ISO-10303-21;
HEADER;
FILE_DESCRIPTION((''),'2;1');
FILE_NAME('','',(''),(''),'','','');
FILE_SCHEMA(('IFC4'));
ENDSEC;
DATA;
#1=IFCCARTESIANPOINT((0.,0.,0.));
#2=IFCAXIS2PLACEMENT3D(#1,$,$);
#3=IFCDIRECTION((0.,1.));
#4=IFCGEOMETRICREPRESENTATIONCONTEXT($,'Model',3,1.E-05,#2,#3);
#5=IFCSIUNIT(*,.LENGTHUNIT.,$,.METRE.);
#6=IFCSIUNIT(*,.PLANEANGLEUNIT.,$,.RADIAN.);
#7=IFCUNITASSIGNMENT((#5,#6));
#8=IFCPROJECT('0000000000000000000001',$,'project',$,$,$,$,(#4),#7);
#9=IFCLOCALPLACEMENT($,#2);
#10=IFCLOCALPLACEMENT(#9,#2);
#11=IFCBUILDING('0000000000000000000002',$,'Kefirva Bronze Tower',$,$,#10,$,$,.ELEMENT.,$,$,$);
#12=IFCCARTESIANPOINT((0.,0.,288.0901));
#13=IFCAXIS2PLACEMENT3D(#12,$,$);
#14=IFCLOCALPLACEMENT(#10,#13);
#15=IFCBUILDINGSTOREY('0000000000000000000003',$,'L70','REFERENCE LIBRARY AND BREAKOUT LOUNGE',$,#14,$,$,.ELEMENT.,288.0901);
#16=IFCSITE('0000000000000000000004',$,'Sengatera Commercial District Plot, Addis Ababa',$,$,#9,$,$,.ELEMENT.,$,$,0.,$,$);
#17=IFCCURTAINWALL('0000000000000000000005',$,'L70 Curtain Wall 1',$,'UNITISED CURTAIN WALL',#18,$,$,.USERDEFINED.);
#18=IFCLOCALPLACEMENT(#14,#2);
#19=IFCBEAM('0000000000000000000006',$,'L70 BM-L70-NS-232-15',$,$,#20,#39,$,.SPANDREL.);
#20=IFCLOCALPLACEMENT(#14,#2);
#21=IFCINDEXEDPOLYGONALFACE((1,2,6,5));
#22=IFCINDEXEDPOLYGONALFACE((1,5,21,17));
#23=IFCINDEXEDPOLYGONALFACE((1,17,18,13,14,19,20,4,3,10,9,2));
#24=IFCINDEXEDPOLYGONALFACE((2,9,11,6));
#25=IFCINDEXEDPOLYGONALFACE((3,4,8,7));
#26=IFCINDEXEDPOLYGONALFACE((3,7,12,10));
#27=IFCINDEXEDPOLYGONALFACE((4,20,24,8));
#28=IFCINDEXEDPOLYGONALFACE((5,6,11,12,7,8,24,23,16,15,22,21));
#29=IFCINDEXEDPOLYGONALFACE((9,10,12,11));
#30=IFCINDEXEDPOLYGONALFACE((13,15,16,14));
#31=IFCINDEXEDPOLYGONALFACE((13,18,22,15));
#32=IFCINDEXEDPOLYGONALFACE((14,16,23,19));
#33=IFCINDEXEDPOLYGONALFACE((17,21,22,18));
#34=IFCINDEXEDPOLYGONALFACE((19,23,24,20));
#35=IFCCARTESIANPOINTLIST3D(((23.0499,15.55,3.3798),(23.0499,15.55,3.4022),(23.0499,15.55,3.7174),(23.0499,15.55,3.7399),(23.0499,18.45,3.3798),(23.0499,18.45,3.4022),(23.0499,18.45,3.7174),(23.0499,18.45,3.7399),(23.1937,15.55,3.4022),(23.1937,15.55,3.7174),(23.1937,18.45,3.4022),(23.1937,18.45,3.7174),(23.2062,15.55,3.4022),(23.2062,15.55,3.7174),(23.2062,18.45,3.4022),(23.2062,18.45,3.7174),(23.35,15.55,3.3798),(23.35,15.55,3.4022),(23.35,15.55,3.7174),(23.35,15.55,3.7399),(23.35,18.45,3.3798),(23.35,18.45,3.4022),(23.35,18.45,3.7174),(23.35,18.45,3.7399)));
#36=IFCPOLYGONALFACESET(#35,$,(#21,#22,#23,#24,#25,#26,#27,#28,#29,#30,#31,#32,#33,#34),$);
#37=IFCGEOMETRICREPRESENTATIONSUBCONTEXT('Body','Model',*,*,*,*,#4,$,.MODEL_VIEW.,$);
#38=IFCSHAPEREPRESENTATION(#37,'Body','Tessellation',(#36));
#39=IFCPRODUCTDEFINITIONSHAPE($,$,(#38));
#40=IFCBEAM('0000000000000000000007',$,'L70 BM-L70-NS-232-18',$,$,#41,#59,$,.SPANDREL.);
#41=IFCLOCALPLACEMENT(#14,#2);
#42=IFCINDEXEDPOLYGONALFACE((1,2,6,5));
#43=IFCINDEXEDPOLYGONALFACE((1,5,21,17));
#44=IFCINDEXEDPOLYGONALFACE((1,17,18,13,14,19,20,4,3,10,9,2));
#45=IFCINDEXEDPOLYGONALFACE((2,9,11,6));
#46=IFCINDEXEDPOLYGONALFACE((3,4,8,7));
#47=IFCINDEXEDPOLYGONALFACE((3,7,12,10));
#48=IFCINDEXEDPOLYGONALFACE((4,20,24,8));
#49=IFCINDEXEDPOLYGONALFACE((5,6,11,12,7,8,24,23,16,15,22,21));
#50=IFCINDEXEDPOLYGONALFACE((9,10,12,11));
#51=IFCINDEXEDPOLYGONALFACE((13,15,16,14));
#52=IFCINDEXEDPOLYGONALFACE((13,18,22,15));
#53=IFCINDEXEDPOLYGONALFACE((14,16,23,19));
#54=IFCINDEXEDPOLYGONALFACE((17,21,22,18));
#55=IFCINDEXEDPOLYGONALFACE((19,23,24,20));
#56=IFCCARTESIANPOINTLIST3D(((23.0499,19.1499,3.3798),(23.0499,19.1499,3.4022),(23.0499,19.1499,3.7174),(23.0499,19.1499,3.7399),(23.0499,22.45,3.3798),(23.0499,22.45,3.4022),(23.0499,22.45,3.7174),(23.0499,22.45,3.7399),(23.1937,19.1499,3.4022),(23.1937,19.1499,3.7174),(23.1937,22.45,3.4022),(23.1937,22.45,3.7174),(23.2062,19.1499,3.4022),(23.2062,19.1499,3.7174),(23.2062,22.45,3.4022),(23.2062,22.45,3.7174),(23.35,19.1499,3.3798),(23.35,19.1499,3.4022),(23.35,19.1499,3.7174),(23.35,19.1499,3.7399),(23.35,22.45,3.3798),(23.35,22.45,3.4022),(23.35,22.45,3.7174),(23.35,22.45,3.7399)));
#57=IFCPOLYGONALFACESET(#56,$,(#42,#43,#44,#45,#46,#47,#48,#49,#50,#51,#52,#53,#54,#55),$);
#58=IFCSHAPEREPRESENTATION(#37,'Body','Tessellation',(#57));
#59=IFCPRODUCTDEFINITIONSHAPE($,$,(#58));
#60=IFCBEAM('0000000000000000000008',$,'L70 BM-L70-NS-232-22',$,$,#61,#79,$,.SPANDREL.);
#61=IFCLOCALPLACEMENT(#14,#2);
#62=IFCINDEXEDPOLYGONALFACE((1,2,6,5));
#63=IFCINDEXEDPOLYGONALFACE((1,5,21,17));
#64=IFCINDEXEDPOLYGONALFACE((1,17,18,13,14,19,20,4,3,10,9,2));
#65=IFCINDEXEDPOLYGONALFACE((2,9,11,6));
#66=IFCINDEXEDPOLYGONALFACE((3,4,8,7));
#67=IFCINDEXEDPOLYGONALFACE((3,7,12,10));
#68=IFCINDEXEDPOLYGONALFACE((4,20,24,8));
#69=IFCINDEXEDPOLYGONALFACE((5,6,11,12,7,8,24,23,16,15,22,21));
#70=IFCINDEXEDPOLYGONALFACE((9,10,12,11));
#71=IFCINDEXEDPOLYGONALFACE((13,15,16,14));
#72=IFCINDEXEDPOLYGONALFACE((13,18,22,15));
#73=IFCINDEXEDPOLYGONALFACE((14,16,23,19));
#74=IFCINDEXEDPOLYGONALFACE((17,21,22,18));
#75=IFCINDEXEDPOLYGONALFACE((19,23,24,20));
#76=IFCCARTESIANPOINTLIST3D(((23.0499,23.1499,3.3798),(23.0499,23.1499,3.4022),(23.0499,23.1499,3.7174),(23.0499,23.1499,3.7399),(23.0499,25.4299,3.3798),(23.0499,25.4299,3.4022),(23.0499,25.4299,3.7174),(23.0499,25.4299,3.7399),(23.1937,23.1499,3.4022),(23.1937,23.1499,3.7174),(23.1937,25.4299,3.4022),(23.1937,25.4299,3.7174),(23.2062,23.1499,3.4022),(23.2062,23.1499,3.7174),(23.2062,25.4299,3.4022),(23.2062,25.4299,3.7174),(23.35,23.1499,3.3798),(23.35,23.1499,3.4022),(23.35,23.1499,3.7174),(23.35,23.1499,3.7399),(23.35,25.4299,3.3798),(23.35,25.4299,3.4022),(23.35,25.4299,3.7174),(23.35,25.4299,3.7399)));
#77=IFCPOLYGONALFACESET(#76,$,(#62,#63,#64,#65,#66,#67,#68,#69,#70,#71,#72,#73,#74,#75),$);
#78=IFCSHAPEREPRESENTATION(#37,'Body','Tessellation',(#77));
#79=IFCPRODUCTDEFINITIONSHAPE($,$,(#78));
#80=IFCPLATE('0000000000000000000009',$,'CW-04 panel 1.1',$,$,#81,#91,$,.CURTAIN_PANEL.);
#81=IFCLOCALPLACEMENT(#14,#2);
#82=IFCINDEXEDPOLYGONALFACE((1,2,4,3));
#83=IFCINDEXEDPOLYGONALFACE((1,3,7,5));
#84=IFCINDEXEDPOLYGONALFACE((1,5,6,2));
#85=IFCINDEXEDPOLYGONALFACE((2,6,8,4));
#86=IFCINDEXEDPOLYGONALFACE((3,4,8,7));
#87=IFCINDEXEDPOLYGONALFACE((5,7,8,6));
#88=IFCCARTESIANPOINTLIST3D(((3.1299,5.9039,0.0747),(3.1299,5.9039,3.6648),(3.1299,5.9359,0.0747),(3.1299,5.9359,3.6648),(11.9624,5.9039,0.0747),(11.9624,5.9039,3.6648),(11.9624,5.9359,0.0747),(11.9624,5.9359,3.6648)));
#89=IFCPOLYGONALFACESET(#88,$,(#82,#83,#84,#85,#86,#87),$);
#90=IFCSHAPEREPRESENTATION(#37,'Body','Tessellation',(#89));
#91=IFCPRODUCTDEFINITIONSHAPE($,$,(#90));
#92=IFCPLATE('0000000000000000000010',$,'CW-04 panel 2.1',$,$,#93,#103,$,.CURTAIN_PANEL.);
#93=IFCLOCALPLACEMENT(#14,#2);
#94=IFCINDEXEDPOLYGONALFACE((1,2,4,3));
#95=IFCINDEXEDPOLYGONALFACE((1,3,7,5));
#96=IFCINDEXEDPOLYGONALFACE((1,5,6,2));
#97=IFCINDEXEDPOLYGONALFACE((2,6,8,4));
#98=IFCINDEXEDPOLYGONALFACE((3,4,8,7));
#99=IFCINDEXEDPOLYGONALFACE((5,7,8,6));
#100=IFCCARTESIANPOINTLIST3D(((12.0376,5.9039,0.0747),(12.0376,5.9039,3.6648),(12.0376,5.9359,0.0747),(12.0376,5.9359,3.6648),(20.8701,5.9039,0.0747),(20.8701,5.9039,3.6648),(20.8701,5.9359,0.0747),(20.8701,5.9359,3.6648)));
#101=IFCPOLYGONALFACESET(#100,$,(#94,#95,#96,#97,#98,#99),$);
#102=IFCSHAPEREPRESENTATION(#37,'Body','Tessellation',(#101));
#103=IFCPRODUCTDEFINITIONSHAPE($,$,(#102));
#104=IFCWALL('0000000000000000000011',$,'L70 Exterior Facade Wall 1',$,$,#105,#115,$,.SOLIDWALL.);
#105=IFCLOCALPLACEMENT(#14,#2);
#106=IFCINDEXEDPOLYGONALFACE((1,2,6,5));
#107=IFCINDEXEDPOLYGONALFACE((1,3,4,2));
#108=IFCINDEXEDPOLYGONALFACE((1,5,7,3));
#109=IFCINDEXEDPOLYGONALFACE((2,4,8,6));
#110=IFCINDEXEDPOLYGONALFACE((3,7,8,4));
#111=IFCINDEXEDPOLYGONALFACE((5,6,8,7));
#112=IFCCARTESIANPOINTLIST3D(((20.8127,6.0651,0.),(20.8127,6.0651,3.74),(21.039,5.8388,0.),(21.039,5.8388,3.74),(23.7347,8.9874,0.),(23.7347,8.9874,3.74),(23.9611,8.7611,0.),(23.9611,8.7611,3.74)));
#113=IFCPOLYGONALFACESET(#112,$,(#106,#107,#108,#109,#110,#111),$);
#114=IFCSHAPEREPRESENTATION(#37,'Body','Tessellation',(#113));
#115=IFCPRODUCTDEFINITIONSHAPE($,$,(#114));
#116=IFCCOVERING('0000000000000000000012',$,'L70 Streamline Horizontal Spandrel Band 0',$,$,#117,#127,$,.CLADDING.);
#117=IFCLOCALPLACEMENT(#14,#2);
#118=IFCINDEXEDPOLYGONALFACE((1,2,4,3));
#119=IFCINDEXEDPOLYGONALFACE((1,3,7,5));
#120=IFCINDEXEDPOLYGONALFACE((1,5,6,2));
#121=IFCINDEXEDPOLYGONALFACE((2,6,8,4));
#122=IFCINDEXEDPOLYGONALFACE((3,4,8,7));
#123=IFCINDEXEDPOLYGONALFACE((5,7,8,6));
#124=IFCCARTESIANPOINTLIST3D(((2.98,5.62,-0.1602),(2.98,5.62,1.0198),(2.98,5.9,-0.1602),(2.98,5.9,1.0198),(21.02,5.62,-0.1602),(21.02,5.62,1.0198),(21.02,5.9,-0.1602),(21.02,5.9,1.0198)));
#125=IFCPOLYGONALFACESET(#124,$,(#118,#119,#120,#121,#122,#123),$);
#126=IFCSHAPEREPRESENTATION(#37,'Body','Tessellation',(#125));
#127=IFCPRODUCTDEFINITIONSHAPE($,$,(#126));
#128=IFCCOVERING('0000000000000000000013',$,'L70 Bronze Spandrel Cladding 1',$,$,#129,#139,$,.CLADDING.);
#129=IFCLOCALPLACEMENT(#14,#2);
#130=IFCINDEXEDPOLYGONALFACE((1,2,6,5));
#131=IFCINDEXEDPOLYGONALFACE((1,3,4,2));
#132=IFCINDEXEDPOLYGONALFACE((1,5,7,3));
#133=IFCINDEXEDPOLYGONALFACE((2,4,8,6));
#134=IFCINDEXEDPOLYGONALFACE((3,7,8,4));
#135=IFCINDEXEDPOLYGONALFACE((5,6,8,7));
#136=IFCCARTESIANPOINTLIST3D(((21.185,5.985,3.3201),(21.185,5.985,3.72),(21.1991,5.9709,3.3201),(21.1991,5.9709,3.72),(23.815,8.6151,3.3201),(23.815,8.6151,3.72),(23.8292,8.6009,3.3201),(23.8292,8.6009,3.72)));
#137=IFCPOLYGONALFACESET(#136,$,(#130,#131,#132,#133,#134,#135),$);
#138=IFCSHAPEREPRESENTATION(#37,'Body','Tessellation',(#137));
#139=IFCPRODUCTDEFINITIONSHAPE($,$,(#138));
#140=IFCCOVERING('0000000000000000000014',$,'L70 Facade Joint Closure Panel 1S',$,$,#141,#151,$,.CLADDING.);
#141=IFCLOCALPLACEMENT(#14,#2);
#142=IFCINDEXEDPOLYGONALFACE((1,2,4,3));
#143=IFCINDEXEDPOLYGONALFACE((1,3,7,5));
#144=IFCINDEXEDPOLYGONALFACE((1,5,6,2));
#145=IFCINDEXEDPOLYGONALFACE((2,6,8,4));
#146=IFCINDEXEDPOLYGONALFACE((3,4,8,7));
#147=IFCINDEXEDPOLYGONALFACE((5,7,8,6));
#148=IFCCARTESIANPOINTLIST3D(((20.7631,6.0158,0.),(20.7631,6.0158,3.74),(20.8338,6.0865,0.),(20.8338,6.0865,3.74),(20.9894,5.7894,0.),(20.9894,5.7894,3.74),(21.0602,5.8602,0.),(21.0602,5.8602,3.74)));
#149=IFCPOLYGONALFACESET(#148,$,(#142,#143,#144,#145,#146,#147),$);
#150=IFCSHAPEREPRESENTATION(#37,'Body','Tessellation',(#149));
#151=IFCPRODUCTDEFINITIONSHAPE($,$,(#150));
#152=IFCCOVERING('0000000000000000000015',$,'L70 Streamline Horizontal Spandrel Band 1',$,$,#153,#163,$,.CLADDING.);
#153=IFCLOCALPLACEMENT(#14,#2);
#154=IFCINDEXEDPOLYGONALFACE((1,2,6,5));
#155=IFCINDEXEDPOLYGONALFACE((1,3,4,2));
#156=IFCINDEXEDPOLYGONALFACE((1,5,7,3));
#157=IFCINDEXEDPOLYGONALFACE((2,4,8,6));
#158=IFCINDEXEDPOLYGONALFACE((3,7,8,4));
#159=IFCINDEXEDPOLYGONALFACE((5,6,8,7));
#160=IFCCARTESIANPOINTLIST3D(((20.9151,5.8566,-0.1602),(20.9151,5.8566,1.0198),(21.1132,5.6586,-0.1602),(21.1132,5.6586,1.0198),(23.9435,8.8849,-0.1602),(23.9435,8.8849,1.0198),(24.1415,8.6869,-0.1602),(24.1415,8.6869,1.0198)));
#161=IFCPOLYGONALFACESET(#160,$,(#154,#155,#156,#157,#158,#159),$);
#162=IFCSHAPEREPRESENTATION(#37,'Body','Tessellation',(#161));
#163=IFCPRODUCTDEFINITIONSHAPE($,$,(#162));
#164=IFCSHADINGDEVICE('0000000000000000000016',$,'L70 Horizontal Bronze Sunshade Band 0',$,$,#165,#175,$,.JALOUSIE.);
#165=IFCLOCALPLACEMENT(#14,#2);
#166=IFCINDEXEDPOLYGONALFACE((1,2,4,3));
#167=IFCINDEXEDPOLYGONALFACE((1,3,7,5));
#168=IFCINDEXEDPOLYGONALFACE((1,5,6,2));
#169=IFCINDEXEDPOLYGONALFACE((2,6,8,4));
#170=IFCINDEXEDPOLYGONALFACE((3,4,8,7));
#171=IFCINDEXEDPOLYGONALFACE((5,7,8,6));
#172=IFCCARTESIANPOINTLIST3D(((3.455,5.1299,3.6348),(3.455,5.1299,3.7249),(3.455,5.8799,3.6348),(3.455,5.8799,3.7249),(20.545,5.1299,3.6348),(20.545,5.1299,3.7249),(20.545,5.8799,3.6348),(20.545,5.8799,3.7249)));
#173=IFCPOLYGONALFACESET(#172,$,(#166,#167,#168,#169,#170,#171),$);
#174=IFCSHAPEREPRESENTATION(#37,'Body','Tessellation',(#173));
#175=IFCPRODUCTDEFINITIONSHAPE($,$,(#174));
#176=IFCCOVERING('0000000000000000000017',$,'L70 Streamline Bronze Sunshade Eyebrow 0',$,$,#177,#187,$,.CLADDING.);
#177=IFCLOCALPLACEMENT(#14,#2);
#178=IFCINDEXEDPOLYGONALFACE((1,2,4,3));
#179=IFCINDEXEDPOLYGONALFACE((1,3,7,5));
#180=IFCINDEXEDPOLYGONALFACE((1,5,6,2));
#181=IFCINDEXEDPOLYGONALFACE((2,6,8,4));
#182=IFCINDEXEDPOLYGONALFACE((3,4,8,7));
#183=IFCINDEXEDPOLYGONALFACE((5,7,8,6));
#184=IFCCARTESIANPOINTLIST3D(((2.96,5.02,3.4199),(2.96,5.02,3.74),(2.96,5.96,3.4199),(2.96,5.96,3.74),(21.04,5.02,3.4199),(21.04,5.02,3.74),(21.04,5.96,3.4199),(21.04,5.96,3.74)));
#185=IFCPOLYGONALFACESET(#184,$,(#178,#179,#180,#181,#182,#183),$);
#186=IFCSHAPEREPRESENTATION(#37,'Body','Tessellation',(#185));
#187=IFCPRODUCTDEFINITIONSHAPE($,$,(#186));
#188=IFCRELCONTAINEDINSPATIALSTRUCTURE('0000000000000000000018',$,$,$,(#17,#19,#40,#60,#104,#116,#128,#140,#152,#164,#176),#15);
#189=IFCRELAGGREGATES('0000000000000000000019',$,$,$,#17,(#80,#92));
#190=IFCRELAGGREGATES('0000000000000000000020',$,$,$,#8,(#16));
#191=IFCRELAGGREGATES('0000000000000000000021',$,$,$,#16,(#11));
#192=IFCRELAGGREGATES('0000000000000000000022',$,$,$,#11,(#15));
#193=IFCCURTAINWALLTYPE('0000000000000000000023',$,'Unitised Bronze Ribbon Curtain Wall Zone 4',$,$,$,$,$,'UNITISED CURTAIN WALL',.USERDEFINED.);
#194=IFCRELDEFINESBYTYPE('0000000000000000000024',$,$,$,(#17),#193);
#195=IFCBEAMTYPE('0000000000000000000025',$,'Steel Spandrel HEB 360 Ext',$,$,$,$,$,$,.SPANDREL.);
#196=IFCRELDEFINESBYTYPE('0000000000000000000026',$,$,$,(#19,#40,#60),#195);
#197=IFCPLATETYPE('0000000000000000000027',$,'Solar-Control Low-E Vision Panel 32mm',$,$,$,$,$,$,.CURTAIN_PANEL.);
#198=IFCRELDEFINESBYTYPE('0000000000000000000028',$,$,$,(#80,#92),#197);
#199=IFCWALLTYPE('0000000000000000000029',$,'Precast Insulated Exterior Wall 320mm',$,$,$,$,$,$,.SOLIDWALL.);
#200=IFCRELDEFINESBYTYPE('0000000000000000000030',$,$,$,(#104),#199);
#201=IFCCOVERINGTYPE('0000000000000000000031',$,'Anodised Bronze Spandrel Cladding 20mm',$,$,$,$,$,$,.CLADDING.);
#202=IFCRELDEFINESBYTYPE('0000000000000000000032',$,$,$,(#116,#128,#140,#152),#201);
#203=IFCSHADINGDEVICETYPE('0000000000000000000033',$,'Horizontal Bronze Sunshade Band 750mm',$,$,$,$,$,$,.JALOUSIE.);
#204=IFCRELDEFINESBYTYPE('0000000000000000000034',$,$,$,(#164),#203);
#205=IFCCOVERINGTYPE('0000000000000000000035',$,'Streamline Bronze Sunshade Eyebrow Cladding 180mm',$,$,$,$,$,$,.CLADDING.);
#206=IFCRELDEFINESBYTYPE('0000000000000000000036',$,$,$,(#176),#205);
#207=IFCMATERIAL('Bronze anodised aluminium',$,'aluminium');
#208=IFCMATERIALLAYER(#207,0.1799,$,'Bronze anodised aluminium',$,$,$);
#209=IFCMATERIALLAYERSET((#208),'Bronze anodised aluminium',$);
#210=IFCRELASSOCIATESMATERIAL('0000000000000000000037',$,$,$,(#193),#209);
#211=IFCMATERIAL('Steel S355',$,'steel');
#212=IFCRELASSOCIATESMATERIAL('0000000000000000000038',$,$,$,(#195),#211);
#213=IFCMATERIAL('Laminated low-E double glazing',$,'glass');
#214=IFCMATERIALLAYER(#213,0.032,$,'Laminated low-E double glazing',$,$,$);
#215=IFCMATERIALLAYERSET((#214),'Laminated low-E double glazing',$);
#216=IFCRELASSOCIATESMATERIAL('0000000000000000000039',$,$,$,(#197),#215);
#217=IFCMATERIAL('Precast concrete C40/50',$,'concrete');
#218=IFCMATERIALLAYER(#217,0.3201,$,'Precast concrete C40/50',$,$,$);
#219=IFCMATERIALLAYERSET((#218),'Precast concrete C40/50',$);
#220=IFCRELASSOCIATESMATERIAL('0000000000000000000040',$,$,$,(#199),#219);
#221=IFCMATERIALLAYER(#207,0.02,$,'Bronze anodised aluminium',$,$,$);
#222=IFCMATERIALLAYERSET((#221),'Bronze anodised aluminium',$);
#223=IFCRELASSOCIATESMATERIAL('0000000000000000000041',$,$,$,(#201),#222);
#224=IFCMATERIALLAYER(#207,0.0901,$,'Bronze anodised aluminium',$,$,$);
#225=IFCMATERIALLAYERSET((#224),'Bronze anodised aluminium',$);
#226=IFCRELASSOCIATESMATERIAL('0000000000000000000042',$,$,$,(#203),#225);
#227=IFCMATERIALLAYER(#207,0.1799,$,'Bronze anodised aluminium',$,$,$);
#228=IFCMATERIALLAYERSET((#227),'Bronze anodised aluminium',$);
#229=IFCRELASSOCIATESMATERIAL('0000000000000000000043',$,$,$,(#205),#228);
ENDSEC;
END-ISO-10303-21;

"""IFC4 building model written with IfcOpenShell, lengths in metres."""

from ifc_helpers import new_model, si_unit, direction, frame, frame_2d, origin, origin_2d, place, context, subcontext, project, spatial, rectangle, i_section, extrude, material, layer, layer_set, material_profile, profile_set, type_object, element, aggregate, save


model = new_model("IFC4")

# Units and contexts
model_context = context("Model", 3, precision=1e-05, world=origin(), true_north=direction((0.0, 1.0)))
body_context = subcontext(model_context, "Body", "Model", "MODEL_VIEW")
ifc_project = project(units=[si_unit("LENGTHUNIT", "METRE"), si_unit("PLANEANGLEUNIT", "RADIAN")], contexts=[model_context])

# Site, building, storey
site_placement = place(None, origin())
site = spatial("IfcSite", under=ifc_project, at=site_placement, Name="Sengatera Commercial District Plot, Addis Ababa", CompositionType="ELEMENT", RefElevation=0.0)
building_placement = place(site_placement, origin())
building = spatial("IfcBuilding", under=site, at=building_placement, Name="Kefirva Bronze Tower", CompositionType="ELEMENT")
storey_placement = place(building_placement, frame((0.0, 0.0, 288.0901)))
storey = spatial("IfcBuildingStorey", under=building, at=storey_placement, Name="L70", Description="REFERENCE LIBRARY AND BREAKOUT LOUNGE", CompositionType="ELEMENT", Elevation=288.0901)

# Curtain wall
ifc_material_1 = material(Name="Bronze anodised aluminium", Category="aluminium")
ifc_layer_1 = layer(ifc_material_1, 0.1799, Name="Bronze anodised aluminium")
ifc_layer_set_1 = layer_set([ifc_layer_1], Name="Bronze anodised aluminium")
curtain_wall_type = type_object("IfcCurtainWallType", Name="Unitised Bronze Ribbon Curtain Wall Zone 4", ElementType="UNITISED CURTAIN WALL", PredefinedType="USERDEFINED", material=ifc_layer_set_1)
curtain_wall_placement = place(storey_placement, origin())
curtain_wall = element("IfcCurtainWall", 1, at=curtain_wall_placement, inside=storey, type_object=curtain_wall_type, Name="L70 Curtain Wall 1", ObjectType="UNITISED CURTAIN WALL", PredefinedType="USERDEFINED")

# Beams
ifc_material_2 = material(Name="Steel S355", Category="steel")
ifc_material_profile_1 = material_profile(ifc_material_2, i_section(OverallWidth=0.3, OverallDepth=0.3601, WebThickness=0.0125, FlangeThickness=0.0225, at=origin_2d()), Name="HEB 360")
ifc_profile_set_1 = profile_set([ifc_material_profile_1], Name="Steel S355")
beam_type_1 = type_object("IfcBeamType", Name="Steel Spandrel HEB 360 Ext", PredefinedType="SPANDREL", material=ifc_profile_set_1)
beam_1_placement = place(storey_placement, frame((23.2, 15.55, 3.5598), z_axis=(0.0, 1.0, 0.0), x_axis=(-1.0, 0.0, 0.0)))
element("IfcBeam", 2, at=beam_1_placement, inside=storey, type_object=beam_type_1, Name="L70 BM-L70-NS-232-15", PredefinedType="SPANDREL", context=body_context, shape_type="SweptSolid", body=[
    extrude(i_section(OverallWidth=0.3, OverallDepth=0.3601, WebThickness=0.0125, FlangeThickness=0.0225, at=origin_2d()), origin(), (0.0, 0.0, 1.0), 2.8999),
])
beam_2_placement = place(storey_placement, frame((23.2, 19.1499, 3.5598), z_axis=(0.0, 1.0, 0.0), x_axis=(-1.0, 0.0, 0.0)))
element("IfcBeam", 3, at=beam_2_placement, inside=storey, type_object=beam_type_1, Name="L70 BM-L70-NS-232-18", PredefinedType="SPANDREL", context=body_context, shape_type="SweptSolid", body=[
    extrude(i_section(OverallWidth=0.3, OverallDepth=0.3601, WebThickness=0.0125, FlangeThickness=0.0225, at=origin_2d()), origin(), (0.0, 0.0, 1.0), 3.3),
])
beam_3_placement = place(storey_placement, frame((23.2, 23.1499, 3.5598), z_axis=(0.0, 1.0, 0.0), x_axis=(-1.0, 0.0, 0.0)))
element("IfcBeam", 4, at=beam_3_placement, inside=storey, type_object=beam_type_1, Name="L70 BM-L70-NS-232-22", PredefinedType="SPANDREL", context=body_context, shape_type="SweptSolid", body=[
    extrude(i_section(OverallWidth=0.3, OverallDepth=0.3601, WebThickness=0.0125, FlangeThickness=0.0225, at=origin_2d()), origin(), (0.0, 0.0, 1.0), 2.28),
])

# Plates
ifc_material_3 = material(Name="Laminated low-E double glazing", Category="glass")
ifc_layer_2 = layer(ifc_material_3, 0.032, Name="Laminated low-E double glazing")
ifc_layer_set_2 = layer_set([ifc_layer_2], Name="Laminated low-E double glazing")
plate_type = type_object("IfcPlateType", Name="Solar-Control Low-E Vision Panel 32mm", PredefinedType="CURTAIN_PANEL", material=ifc_layer_set_2)
plate_1_placement = place(storey_placement, frame((7.5461, 5.9199, 0.0747), z_axis=(0.0, 0.0, 1.0), x_axis=(1.0, 0.0, 0.0)))
plate_1 = element("IfcPlate", 5, at=plate_1_placement, type_object=plate_type, Name="CW-04 panel 1.1", PredefinedType="CURTAIN_PANEL", context=body_context, shape_type="SweptSolid", body=[
    extrude(rectangle(XDim=8.8325, YDim=0.032, at=origin_2d()), origin(), (0.0, 0.0, 1.0), 3.5901),
])
plate_2_placement = place(storey_placement, frame((16.4539, 5.9199, 0.0747), z_axis=(0.0, 0.0, 1.0), x_axis=(1.0, 0.0, 0.0)))
plate_2 = element("IfcPlate", 6, at=plate_2_placement, type_object=plate_type, Name="CW-04 panel 2.1", PredefinedType="CURTAIN_PANEL", context=body_context, shape_type="SweptSolid", body=[
    extrude(rectangle(XDim=8.8325, YDim=0.032, at=origin_2d()), origin(), (0.0, 0.0, 1.0), 3.5901),
])
aggregate(curtain_wall, [plate_1, plate_2])

# Wall
ifc_material_4 = material(Name="Precast concrete C40/50", Category="concrete")
ifc_layer_3 = layer(ifc_material_4, 0.3201, Name="Precast concrete C40/50")
ifc_layer_set_3 = layer_set([ifc_layer_3], Name="Precast concrete C40/50")
wall_type = type_object("IfcWallType", Name="Precast Insulated Exterior Wall 320mm", PredefinedType="SOLIDWALL", material=ifc_layer_set_3)
wall_placement = place(storey_placement, frame((20.9258, 5.9519, 0.0), z_axis=(0.0, 0.0, 1.0), x_axis=(0.707077, 0.707136, 0.0)))
element("IfcWall", 7, at=wall_placement, inside=storey, type_object=wall_type, Name="L70 Exterior Facade Wall 1", PredefinedType="SOLIDWALL", context=body_context, shape_type="SweptSolid", body=[
    extrude(rectangle(XDim=4.1326, YDim=0.3201, at=frame_2d((2.0664, 0.0))), origin(), (0.0, 0.0, 1.0), 3.74),
])

# Coverings
ifc_layer_4 = layer(ifc_material_1, 0.02, Name="Bronze anodised aluminium")
ifc_layer_set_4 = layer_set([ifc_layer_4], Name="Bronze anodised aluminium")
covering_type_1 = type_object("IfcCoveringType", Name="Anodised Bronze Spandrel Cladding 20mm", PredefinedType="CLADDING", material=ifc_layer_set_4)
covering_1_placement = place(storey_placement, frame((12.0, 5.76, -0.1602), z_axis=(0.0, 0.0, 1.0), x_axis=(1.0, 0.0, 0.0)))
element("IfcCovering", 8, at=covering_1_placement, inside=storey, type_object=covering_type_1, Name="L70 Streamline Horizontal Spandrel Band 0", PredefinedType="CLADDING", context=body_context, shape_type="SweptSolid", body=[
    extrude(rectangle(XDim=18.04, YDim=0.28, at=origin_2d()), origin(), (0.0, 0.0, 1.0), 1.1799),
])
covering_2_placement = place(storey_placement, frame((22.5071, 7.293, 3.3201), z_axis=(0.0, 0.0, 1.0), x_axis=(0.707107, 0.707107, 0.0)))
element("IfcCovering", 9, at=covering_2_placement, inside=storey, type_object=covering_type_1, Name="L70 Bronze Spandrel Cladding 1", PredefinedType="CLADDING", context=body_context, shape_type="SweptSolid", body=[
    extrude(rectangle(XDim=3.7195, YDim=0.02, at=origin_2d()), origin(), (0.0, 0.0, 1.0), 0.3999),
])
covering_3_placement = place(storey_placement, frame((20.9116, 5.938, 0.0), z_axis=(0.0, 0.0, 1.0), x_axis=(0.707107, 0.707107, 0.0)))
element("IfcCovering", 10, at=covering_3_placement, inside=storey, type_object=covering_type_1, Name="L70 Facade Joint Closure Panel 1S", PredefinedType="CLADDING", context=body_context, shape_type="SweptSolid", body=[
    extrude(rectangle(XDim=0.1001, YDim=0.3201, at=origin_2d()), origin(), (0.0, 0.0, 1.0), 3.74),
])
covering_4_placement = place(storey_placement, frame((22.5283, 7.2717, -0.1602), z_axis=(0.0, 0.0, 1.0), x_axis=(0.707107, 0.707107, 0.0)))
element("IfcCovering", 11, at=covering_4_placement, inside=storey, type_object=covering_type_1, Name="L70 Streamline Horizontal Spandrel Band 1", PredefinedType="CLADDING", context=body_context, shape_type="SweptSolid", body=[
    extrude(rectangle(XDim=4.2827, YDim=0.28, at=origin_2d()), origin(), (0.0, 0.0, 1.0), 1.1799),
])

# Shading device
ifc_layer_5 = layer(ifc_material_1, 0.0901, Name="Bronze anodised aluminium")
ifc_layer_set_5 = layer_set([ifc_layer_5], Name="Bronze anodised aluminium")
shading_device_type = type_object("IfcShadingDeviceType", Name="Horizontal Bronze Sunshade Band 750mm", PredefinedType="JALOUSIE", material=ifc_layer_set_5)
shading_device_placement = place(storey_placement, frame((12.0, 5.5049, 3.6348), z_axis=(0.0, 0.0, 1.0), x_axis=(1.0, 0.0, 0.0)))
element("IfcShadingDevice", 12, at=shading_device_placement, inside=storey, type_object=shading_device_type, Name="L70 Horizontal Bronze Sunshade Band 0", PredefinedType="JALOUSIE", context=body_context, shape_type="SweptSolid", body=[
    extrude(rectangle(XDim=17.0901, YDim=0.75, at=origin_2d()), origin(), (0.0, 0.0, 1.0), 0.0901),
])

# Covering
ifc_layer_6 = layer(ifc_material_1, 0.1799, Name="Bronze anodised aluminium")
ifc_layer_set_6 = layer_set([ifc_layer_6], Name="Bronze anodised aluminium")
covering_type_2 = type_object("IfcCoveringType", Name="Streamline Bronze Sunshade Eyebrow Cladding 180mm", PredefinedType="CLADDING", material=ifc_layer_set_6)
covering_5_placement = place(storey_placement, frame((12.0, 5.49, 3.4199), z_axis=(0.0, 0.0, 1.0), x_axis=(1.0, 0.0, 0.0)))
element("IfcCovering", 13, at=covering_5_placement, inside=storey, type_object=covering_type_2, Name="L70 Streamline Bronze Sunshade Eyebrow 0", PredefinedType="CLADDING", context=body_context, shape_type="SweptSolid", body=[
    extrude(rectangle(XDim=18.0801, YDim=0.9399, at=origin_2d()), origin(), (0.0, 0.0, 1.0), 0.3201),
])

save(model, "model.ifc")
